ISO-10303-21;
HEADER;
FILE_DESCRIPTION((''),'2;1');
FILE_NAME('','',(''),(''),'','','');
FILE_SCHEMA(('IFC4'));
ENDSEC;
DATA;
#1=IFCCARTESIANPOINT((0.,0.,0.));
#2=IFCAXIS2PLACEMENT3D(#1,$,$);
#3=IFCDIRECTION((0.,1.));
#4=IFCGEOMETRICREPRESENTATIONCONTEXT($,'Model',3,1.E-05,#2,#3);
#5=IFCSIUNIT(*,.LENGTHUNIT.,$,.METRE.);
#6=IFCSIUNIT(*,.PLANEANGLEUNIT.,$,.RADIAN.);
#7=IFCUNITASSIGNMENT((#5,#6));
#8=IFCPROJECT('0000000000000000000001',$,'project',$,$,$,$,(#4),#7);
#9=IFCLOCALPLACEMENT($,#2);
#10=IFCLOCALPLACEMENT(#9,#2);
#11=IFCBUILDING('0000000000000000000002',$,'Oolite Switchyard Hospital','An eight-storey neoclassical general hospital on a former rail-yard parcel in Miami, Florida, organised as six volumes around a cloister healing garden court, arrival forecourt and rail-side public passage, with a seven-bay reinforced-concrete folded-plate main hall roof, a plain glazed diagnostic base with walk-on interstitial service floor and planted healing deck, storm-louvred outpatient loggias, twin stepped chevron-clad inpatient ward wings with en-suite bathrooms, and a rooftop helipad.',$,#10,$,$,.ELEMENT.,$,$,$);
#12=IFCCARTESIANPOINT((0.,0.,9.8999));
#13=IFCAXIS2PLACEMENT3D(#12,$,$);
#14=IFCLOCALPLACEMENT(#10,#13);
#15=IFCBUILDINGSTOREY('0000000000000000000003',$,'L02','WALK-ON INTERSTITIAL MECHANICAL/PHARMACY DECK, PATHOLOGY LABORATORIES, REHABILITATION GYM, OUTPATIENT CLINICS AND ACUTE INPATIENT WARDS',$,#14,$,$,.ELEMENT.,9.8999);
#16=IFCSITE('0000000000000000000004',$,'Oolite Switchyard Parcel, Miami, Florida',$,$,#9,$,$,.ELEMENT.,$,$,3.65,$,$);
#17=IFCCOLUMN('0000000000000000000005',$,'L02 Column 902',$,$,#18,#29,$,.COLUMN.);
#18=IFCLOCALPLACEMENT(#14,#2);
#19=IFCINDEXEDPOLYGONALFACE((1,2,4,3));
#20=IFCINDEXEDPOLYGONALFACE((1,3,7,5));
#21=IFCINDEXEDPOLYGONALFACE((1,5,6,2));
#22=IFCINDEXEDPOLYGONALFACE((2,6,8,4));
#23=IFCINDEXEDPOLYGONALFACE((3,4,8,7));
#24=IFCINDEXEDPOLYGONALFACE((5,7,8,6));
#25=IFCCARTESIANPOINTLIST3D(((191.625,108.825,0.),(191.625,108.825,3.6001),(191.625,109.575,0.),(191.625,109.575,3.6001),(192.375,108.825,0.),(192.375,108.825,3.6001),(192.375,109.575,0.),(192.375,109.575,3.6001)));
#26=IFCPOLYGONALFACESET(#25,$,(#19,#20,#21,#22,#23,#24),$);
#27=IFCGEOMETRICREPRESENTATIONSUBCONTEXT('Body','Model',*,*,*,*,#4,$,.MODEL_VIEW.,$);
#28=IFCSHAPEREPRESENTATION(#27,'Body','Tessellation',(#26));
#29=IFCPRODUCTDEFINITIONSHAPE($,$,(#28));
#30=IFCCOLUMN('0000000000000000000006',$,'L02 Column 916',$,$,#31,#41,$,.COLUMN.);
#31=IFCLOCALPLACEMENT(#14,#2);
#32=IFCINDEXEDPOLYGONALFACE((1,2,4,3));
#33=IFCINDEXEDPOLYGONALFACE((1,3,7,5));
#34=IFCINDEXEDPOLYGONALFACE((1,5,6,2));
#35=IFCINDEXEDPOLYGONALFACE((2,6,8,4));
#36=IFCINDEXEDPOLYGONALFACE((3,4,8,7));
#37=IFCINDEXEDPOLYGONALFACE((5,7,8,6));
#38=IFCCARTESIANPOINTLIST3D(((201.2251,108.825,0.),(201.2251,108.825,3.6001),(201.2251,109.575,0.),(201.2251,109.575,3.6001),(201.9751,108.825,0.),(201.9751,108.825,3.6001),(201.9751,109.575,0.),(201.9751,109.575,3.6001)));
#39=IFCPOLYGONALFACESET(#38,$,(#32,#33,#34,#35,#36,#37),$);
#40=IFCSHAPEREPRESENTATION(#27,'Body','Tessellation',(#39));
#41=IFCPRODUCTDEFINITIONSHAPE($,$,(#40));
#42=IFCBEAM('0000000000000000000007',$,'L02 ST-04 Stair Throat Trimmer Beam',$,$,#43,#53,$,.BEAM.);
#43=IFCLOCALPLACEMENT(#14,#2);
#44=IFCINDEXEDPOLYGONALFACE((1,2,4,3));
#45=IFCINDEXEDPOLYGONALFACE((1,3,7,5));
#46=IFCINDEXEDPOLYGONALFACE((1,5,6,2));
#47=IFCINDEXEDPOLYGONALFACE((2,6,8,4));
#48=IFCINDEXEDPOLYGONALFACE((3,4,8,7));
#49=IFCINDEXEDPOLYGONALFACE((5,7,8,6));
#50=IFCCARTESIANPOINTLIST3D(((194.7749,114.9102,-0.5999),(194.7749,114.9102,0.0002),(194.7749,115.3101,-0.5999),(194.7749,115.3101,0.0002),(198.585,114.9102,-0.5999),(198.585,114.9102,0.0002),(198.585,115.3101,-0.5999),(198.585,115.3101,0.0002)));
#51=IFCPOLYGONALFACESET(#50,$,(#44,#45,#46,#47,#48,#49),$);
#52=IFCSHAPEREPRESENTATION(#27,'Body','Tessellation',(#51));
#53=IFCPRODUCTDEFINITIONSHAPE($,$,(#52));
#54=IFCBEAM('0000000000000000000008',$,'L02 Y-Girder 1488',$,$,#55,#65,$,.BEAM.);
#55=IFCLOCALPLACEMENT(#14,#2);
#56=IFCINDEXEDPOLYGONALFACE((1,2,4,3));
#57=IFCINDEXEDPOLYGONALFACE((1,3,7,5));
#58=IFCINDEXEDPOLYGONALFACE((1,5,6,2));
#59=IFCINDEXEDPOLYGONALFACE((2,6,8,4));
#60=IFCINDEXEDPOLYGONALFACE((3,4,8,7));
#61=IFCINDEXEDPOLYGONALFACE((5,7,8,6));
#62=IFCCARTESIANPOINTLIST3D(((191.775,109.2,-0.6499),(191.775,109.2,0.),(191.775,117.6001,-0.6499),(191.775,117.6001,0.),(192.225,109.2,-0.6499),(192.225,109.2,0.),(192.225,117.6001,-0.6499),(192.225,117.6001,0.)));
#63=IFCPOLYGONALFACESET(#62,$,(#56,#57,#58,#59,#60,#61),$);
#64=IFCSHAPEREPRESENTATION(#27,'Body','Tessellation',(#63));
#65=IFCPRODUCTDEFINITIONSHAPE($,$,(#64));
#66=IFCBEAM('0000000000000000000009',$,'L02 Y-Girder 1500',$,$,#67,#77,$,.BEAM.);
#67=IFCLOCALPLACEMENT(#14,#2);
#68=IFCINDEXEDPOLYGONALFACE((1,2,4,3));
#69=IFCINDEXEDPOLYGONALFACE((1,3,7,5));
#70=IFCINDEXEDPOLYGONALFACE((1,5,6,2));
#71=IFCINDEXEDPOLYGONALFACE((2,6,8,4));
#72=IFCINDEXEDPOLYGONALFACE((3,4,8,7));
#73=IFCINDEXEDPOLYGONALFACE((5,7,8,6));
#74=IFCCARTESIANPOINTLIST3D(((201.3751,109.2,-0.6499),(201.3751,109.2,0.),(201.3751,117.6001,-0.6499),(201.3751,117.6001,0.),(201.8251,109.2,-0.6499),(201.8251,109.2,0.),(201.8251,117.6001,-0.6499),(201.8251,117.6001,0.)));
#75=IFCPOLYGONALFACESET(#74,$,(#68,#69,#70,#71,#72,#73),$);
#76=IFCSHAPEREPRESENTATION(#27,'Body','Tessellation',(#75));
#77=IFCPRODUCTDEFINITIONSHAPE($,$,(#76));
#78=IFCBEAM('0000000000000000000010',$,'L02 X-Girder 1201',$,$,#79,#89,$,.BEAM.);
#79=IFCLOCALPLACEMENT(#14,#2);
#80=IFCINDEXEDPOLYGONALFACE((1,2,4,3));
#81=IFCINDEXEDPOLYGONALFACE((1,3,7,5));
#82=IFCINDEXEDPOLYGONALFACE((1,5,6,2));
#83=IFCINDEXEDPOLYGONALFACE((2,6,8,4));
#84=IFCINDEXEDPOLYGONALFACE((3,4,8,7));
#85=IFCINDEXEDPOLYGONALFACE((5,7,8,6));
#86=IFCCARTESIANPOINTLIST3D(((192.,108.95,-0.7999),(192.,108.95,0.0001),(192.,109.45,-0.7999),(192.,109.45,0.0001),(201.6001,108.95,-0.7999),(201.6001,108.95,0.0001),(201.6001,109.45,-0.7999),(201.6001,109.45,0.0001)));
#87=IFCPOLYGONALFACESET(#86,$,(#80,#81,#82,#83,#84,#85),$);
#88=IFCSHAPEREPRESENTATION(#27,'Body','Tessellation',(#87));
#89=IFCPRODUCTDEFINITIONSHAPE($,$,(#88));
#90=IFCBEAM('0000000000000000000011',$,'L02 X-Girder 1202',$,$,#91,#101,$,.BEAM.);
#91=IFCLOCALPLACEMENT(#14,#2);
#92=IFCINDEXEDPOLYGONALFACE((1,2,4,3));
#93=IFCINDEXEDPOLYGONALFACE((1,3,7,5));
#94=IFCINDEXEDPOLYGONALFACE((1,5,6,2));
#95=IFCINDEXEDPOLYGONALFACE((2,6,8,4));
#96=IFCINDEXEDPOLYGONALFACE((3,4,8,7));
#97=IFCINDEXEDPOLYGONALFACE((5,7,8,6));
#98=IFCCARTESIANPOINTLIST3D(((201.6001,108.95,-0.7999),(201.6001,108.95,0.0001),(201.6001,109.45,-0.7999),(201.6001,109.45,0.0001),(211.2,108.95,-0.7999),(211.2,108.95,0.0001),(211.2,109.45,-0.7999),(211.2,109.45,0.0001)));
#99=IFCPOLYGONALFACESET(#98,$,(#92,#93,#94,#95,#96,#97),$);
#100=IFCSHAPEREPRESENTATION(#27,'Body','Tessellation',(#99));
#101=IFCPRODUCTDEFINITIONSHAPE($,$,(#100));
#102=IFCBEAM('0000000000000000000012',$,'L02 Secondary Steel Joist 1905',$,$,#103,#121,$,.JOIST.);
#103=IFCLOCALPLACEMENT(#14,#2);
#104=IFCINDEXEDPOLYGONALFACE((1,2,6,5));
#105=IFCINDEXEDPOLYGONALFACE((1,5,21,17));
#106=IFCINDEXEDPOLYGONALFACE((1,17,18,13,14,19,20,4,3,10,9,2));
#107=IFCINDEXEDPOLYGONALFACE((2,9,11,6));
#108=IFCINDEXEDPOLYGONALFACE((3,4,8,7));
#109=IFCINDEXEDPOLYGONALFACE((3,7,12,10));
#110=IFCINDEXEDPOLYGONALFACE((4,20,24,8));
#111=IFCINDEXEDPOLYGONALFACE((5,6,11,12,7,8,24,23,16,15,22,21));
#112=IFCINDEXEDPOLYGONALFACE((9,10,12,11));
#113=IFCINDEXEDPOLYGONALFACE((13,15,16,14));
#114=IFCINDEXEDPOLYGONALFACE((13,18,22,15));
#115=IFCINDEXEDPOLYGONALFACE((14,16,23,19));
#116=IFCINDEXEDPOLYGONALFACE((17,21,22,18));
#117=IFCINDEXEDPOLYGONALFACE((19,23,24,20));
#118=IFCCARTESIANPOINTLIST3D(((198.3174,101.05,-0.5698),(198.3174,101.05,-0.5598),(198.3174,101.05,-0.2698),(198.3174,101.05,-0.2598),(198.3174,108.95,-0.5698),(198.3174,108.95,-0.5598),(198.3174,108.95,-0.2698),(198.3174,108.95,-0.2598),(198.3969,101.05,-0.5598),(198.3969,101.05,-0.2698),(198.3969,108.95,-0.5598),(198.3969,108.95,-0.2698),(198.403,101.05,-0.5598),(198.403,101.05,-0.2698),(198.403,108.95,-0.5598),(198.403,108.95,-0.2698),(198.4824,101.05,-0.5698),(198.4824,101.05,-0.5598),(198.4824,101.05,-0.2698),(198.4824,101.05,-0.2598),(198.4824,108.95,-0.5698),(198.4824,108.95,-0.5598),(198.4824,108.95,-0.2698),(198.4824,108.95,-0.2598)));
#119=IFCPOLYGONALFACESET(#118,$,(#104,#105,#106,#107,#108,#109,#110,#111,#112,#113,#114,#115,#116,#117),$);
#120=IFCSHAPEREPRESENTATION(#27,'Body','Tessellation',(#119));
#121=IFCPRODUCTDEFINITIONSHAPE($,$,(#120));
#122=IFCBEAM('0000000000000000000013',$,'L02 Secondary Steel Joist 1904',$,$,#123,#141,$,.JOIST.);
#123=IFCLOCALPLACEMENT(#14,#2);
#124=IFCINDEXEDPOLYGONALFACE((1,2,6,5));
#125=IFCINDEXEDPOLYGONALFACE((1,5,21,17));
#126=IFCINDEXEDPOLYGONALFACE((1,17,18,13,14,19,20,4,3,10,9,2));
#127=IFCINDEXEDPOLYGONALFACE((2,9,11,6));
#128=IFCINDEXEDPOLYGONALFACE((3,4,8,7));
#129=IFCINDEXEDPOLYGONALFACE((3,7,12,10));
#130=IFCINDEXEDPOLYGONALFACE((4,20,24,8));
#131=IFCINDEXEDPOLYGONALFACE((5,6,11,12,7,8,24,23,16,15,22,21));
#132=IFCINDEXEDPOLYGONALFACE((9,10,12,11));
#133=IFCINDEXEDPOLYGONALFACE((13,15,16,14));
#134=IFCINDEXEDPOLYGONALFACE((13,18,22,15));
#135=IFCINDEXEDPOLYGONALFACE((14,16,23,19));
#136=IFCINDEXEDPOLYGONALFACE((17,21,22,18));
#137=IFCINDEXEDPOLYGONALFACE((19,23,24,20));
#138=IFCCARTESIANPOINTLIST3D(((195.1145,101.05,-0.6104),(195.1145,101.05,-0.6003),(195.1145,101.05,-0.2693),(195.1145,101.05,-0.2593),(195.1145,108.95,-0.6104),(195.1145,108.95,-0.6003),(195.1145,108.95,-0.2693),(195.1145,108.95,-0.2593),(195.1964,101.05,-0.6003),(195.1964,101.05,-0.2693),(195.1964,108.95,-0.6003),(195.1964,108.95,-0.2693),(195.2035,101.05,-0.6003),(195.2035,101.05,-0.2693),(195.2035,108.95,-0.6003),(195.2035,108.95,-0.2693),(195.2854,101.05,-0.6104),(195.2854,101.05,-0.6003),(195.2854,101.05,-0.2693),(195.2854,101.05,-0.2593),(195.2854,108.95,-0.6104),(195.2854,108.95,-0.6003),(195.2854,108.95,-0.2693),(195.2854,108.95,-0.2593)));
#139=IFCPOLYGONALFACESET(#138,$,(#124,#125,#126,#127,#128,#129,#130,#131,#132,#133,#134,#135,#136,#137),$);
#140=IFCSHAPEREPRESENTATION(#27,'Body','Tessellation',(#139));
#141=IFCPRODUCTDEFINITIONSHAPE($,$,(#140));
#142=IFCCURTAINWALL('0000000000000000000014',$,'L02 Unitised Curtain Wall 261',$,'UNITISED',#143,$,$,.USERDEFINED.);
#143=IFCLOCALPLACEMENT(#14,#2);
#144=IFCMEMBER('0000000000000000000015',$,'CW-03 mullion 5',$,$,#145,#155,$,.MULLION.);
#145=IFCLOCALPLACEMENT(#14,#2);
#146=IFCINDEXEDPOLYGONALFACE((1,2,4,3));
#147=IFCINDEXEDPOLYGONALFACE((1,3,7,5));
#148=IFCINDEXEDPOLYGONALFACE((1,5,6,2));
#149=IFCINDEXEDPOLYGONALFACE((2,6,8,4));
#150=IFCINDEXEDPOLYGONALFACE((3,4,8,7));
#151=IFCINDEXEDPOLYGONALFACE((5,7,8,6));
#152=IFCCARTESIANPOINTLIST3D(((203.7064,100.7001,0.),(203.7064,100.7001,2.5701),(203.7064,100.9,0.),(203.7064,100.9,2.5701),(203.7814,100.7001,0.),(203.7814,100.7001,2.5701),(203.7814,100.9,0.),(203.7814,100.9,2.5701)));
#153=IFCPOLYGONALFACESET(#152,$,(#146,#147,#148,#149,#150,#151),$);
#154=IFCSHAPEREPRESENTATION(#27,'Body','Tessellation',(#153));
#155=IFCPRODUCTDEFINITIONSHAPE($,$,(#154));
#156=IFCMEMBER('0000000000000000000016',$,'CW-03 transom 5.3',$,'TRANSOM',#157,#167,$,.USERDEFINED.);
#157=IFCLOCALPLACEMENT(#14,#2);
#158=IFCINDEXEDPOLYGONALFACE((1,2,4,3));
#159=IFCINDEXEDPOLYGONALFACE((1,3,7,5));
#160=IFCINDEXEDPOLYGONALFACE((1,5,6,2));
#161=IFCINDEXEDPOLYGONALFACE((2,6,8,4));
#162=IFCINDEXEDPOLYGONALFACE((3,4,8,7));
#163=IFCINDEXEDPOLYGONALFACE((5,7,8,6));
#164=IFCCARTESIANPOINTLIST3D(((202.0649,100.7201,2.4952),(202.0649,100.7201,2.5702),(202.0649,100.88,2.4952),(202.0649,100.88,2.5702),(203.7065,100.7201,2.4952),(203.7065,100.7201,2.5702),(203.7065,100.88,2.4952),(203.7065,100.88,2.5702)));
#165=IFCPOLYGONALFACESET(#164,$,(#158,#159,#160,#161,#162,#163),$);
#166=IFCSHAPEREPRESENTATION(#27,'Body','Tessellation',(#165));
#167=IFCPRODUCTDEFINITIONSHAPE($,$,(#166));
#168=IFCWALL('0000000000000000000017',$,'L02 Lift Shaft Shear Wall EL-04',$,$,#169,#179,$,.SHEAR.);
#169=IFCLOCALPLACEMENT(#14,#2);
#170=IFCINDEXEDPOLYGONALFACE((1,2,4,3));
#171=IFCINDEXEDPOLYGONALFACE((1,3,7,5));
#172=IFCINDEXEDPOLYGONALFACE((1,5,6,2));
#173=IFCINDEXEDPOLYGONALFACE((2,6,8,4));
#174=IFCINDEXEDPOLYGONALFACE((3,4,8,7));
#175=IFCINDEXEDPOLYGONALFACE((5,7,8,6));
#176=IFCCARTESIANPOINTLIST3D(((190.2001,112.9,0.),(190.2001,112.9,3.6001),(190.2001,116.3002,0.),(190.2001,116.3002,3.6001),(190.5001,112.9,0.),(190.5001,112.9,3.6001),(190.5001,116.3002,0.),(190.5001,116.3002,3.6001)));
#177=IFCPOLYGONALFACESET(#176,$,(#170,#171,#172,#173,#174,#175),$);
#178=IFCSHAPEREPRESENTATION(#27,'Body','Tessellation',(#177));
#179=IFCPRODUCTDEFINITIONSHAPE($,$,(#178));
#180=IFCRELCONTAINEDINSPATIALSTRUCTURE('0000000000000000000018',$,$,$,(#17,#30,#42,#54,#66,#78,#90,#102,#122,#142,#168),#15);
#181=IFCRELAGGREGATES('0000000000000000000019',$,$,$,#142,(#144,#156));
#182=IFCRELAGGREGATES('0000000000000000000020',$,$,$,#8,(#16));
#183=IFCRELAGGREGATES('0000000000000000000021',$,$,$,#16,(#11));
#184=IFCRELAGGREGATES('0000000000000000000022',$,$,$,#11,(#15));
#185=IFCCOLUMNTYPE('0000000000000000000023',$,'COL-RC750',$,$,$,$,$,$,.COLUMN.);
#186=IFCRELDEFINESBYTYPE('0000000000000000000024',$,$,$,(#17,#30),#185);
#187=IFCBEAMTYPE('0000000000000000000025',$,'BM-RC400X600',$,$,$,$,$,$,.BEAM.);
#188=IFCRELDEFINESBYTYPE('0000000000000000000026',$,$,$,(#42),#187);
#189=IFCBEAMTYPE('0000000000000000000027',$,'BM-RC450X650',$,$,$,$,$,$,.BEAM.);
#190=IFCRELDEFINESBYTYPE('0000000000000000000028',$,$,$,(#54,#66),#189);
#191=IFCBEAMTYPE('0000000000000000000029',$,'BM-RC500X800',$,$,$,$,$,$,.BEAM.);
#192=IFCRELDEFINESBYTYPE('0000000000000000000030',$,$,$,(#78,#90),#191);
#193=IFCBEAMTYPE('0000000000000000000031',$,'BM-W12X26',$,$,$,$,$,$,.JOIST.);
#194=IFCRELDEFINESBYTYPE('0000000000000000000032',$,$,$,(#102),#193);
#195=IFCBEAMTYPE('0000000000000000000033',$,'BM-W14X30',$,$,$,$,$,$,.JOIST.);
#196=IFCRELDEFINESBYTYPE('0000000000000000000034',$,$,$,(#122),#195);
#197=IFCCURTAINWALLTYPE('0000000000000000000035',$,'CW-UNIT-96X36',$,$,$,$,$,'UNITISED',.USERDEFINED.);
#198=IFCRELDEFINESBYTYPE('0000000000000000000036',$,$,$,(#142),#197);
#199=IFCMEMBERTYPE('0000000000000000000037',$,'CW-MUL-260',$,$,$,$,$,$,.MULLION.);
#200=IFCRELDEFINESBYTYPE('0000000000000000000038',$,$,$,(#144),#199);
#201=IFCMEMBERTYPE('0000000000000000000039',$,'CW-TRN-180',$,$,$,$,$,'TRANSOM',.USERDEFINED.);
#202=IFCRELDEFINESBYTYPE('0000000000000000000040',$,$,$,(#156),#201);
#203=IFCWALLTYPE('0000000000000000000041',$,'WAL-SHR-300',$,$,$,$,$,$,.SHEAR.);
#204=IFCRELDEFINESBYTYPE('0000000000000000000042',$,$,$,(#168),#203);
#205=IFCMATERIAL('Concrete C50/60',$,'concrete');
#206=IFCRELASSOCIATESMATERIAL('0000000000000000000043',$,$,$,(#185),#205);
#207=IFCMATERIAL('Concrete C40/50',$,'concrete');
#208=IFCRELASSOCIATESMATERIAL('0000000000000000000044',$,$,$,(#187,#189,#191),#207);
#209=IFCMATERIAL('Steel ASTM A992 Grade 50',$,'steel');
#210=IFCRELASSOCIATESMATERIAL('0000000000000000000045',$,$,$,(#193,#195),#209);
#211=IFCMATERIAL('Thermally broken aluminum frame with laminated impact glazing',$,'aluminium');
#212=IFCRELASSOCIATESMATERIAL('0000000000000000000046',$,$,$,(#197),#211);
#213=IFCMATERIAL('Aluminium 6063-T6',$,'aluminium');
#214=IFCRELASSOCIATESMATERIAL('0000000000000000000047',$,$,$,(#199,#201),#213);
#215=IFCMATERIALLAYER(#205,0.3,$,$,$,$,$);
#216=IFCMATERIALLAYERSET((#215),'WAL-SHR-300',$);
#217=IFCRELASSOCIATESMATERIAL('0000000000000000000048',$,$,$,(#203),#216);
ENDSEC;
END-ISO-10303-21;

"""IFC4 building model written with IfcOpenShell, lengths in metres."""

from ifc_helpers import new_model, si_unit, direction, frame, frame_2d, origin, origin_2d, place, context, subcontext, project, spatial, rectangle, i_section, extrude, material, layer, layer_set, material_profile, profile_set, type_object, element, aggregate, save


model = new_model("IFC4")

# Units and contexts
model_context = context("Model", 3, precision=1e-05, world=origin(), true_north=direction((0.0, 1.0)))
body_context = subcontext(model_context, "Body", "Model", "MODEL_VIEW")
ifc_project = project(units=[si_unit("LENGTHUNIT", "METRE"), si_unit("PLANEANGLEUNIT", "RADIAN")], contexts=[model_context])

# Site, building, storey
site_placement = place(None, origin())
site = spatial("IfcSite", under=ifc_project, at=site_placement, Name="Oolite Switchyard Parcel, Miami, Florida", CompositionType="ELEMENT", RefElevation=3.65)
building_placement = place(site_placement, origin())
building = spatial("IfcBuilding", under=site, at=building_placement, Name="Oolite Switchyard Hospital", Description="An eight-storey neoclassical general hospital on a former rail-yard parcel in Miami, Florida, organised as six volumes around a cloister healing garden court, arrival forecourt and rail-side public passage, with a seven-bay reinforced-concrete folded-plate main hall roof, a plain glazed diagnostic base with walk-on interstitial service floor and planted healing deck, storm-louvred outpatient loggias, twin stepped chevron-clad inpatient ward wings with en-suite bathrooms, and a rooftop helipad.", CompositionType="ELEMENT")
storey_placement = place(building_placement, frame((0.0, 0.0, 9.8999)))
storey = spatial("IfcBuildingStorey", under=building, at=storey_placement, Name="L02", Description="WALK-ON INTERSTITIAL MECHANICAL/PHARMACY DECK, PATHOLOGY LABORATORIES, REHABILITATION GYM, OUTPATIENT CLINICS AND ACUTE INPATIENT WARDS", CompositionType="ELEMENT", Elevation=9.8999)

# Columns
ifc_material_1 = material(Name="Concrete C50/60", Category="concrete")
ifc_material_profile_1 = material_profile(ifc_material_1, rectangle(XDim=0.75, YDim=0.75, at=origin_2d()), Name="RC750X750")
ifc_profile_set_1 = profile_set([ifc_material_profile_1], Name="Concrete C50/60")
column_type = type_object("IfcColumnType", Name="COL-RC750", PredefinedType="COLUMN", material=ifc_profile_set_1)
for number, where, z_axis, x_axis, name in (
    (1, (192.0, 109.2, 0.0), (0.0, 0.0, 1.0), (1.0, 0.0, 0.0), "L02 Column 902"),
    (2, (201.6001, 109.2, 0.0), (0.0, 0.0, 1.0), (1.0, 0.0, 0.0), "L02 Column 916"),
):
    element("IfcColumn", number, at=place(storey_placement, frame(where, z_axis=z_axis, x_axis=x_axis)), inside=storey, type_object=column_type, Name=name, PredefinedType="COLUMN", context=body_context, shape_type="SweptSolid", body=[
        extrude(rectangle(XDim=0.75, YDim=0.75, at=origin_2d()), origin(), (0.0, 0.0, 1.0), 3.6001),
    ])

# Beams
ifc_material_2 = material(Name="Concrete C40/50", Category="concrete")
ifc_material_profile_2 = material_profile(ifc_material_2, rectangle(XDim=0.3999, YDim=0.6001, at=origin_2d()), Name="RCB400X600")
ifc_profile_set_2 = profile_set([ifc_material_profile_2], Name="Concrete C40/50")
beam_type_1 = type_object("IfcBeamType", Name="BM-RC400X600", PredefinedType="BEAM", material=ifc_profile_set_2)
beam_1_placement = place(storey_placement, frame((194.7749, 115.1101, -0.2998), z_axis=(1.0, 0.0, 0.0), x_axis=(0.0, 1.0, 0.0)))
element("IfcBeam", 3, at=beam_1_placement, inside=storey, type_object=beam_type_1, Name="L02 ST-04 Stair Throat Trimmer Beam", PredefinedType="BEAM", context=body_context, shape_type="SweptSolid", body=[
    extrude(rectangle(XDim=0.3999, YDim=0.6001, at=origin_2d()), origin(), (0.0, 0.0, 1.0), 3.8101),
])
ifc_material_profile_3 = material_profile(ifc_material_2, rectangle(XDim=0.45, YDim=0.6499, at=origin_2d()), Name="RCB450X650")
ifc_profile_set_3 = profile_set([ifc_material_profile_3], Name="Concrete C40/50")
beam_type_2 = type_object("IfcBeamType", Name="BM-RC450X650", PredefinedType="BEAM", material=ifc_profile_set_3)
for number, where, z_axis, x_axis, name in (
    (4, (192.0, 109.2, -0.325), (0.0, 1.0, 0.0), (-1.0, 0.0, 0.0), "L02 Y-Girder 1488"),
    (5, (201.6001, 109.2, -0.325), (0.0, 1.0, 0.0), (-1.0, 0.0, 0.0), "L02 Y-Girder 1500"),
):
    element("IfcBeam", number, at=place(storey_placement, frame(where, z_axis=z_axis, x_axis=x_axis)), inside=storey, type_object=beam_type_2, Name=name, PredefinedType="BEAM", context=body_context, shape_type="SweptSolid", body=[
        extrude(rectangle(XDim=0.45, YDim=0.6499, at=origin_2d()), origin(), (0.0, 0.0, 1.0), 8.4001),
    ])
ifc_material_profile_4 = material_profile(ifc_material_2, rectangle(XDim=0.5, YDim=0.8, at=origin_2d()), Name="RCB500X800")
ifc_profile_set_4 = profile_set([ifc_material_profile_4], Name="Concrete C40/50")
beam_type_3 = type_object("IfcBeamType", Name="BM-RC500X800", PredefinedType="BEAM", material=ifc_profile_set_4)
beam_2_placement = place(storey_placement, frame((192.0, 109.2, -0.3999), z_axis=(1.0, 0.0, 0.0), x_axis=(0.0, 1.0, 0.0)))
element("IfcBeam", 6, at=beam_2_placement, inside=storey, type_object=beam_type_3, Name="L02 X-Girder 1201", PredefinedType="BEAM", context=body_context, shape_type="SweptSolid", body=[
    extrude(rectangle(XDim=0.5, YDim=0.8, at=origin_2d()), origin(), (0.0, 0.0, 1.0), 9.6001),
])
beam_3_placement = place(storey_placement, frame((201.6001, 109.2, -0.3999), z_axis=(1.0, 0.0, 0.0), x_axis=(0.0, 1.0, 0.0)))
element("IfcBeam", 7, at=beam_3_placement, inside=storey, type_object=beam_type_3, Name="L02 X-Girder 1202", PredefinedType="BEAM", context=body_context, shape_type="SweptSolid", body=[
    extrude(rectangle(XDim=0.5, YDim=0.8, at=origin_2d()), origin(), (0.0, 0.0, 1.0), 9.5999),
])
ifc_material_3 = material(Name="Steel ASTM A992 Grade 50", Category="steel")
ifc_material_profile_5 = material_profile(ifc_material_3, i_section(OverallWidth=0.165, OverallDepth=0.3101, WebThickness=0.0061, FlangeThickness=0.01, at=origin_2d()), Name="W12X26")
ifc_profile_set_5 = profile_set([ifc_material_profile_5], Name="Steel ASTM A992 Grade 50")
beam_type_4 = type_object("IfcBeamType", Name="BM-W12X26", PredefinedType="JOIST", material=ifc_profile_set_5)
beam_4_placement = place(storey_placement, frame((198.3999, 101.05, -0.4148), z_axis=(0.0, 1.0, 0.0), x_axis=(-1.0, 0.0, 0.0)))
element("IfcBeam", 8, at=beam_4_placement, inside=storey, type_object=beam_type_4, Name="L02 Secondary Steel Joist 1905", PredefinedType="JOIST", context=body_context, shape_type="SweptSolid", body=[
    extrude(i_section(OverallWidth=0.165, OverallDepth=0.3101, WebThickness=0.0061, FlangeThickness=0.01, at=origin_2d()), origin(), (0.0, 0.0, 1.0), 7.8999),
])
ifc_material_profile_6 = material_profile(ifc_material_3, i_section(OverallWidth=0.1709, OverallDepth=0.3511, WebThickness=0.0071, FlangeThickness=0.01, at=origin_2d()), Name="W14X30")
ifc_profile_set_6 = profile_set([ifc_material_profile_6], Name="Steel ASTM A992 Grade 50")
beam_type_5 = type_object("IfcBeamType", Name="BM-W14X30", PredefinedType="JOIST", material=ifc_profile_set_6)
beam_5_placement = place(storey_placement, frame((195.2, 101.05, -0.4348), z_axis=(0.0, 1.0, 0.0), x_axis=(-1.0, 0.0, 0.0)))
element("IfcBeam", 9, at=beam_5_placement, inside=storey, type_object=beam_type_5, Name="L02 Secondary Steel Joist 1904", PredefinedType="JOIST", context=body_context, shape_type="SweptSolid", body=[
    extrude(i_section(OverallWidth=0.1709, OverallDepth=0.3511, WebThickness=0.0071, FlangeThickness=0.01, at=origin_2d()), origin(), (0.0, 0.0, 1.0), 7.8999),
])

# Curtain wall, members
ifc_material_4 = material(Name="Thermally broken aluminum frame with laminated impact glazing", Category="aluminium")
curtain_wall_type = type_object("IfcCurtainWallType", Name="CW-UNIT-96X36", ElementType="UNITISED", PredefinedType="USERDEFINED", material=ifc_material_4)
curtain_wall_placement = place(storey_placement, origin())
curtain_wall = element("IfcCurtainWall", 10, at=curtain_wall_placement, inside=storey, type_object=curtain_wall_type, Name="L02 Unitised Curtain Wall 261", ObjectType="UNITISED", PredefinedType="USERDEFINED")
ifc_material_5 = material(Name="Aluminium 6063-T6", Category="aluminium")
ifc_material_profile_7 = material_profile(ifc_material_5, rectangle(XDim=0.2, YDim=0.075, at=origin_2d()), Name="CWM75X200")
ifc_profile_set_7 = profile_set([ifc_material_profile_7], Name="Aluminium 6063-T6")
member_type_1 = type_object("IfcMemberType", Name="CW-MUL-260", PredefinedType="MULLION", material=ifc_profile_set_7)
member_1_placement = place(storey_placement, frame((203.7439, 100.8, 0.0), z_axis=(0.0, 0.0, 1.0), x_axis=(0.0, -1.0, 0.0)))
member_1 = element("IfcMember", 11, at=member_1_placement, type_object=member_type_1, Name="CW-03 mullion 5", PredefinedType="MULLION", context=body_context, shape_type="SweptSolid", body=[
    extrude(rectangle(XDim=0.2, YDim=0.075, at=origin_2d()), origin(), (0.0, 0.0, 1.0), 2.5701),
])
ifc_material_profile_8 = material_profile(ifc_material_5, rectangle(XDim=0.1599, YDim=0.075, at=origin_2d()), Name="CWT75X160")
ifc_profile_set_8 = profile_set([ifc_material_profile_8], Name="Aluminium 6063-T6")
member_type_2 = type_object("IfcMemberType", Name="CW-TRN-180", ElementType="TRANSOM", PredefinedType="USERDEFINED", material=ifc_profile_set_8)
member_2_placement = place(storey_placement, frame((203.7065, 100.8, 2.5327), z_axis=(-1.0, 0.0, 0.0), x_axis=(0.0, -1.0, 0.0)))
member_2 = element("IfcMember", 12, at=member_2_placement, type_object=member_type_2, Name="CW-03 transom 5.3", ObjectType="TRANSOM", PredefinedType="USERDEFINED", context=body_context, shape_type="SweptSolid", body=[
    extrude(rectangle(XDim=0.1599, YDim=0.075, at=origin_2d()), origin(), (0.0, 0.0, 1.0), 1.6416),
])
aggregate(curtain_wall, [member_1, member_2])

# Wall
ifc_layer_1 = layer(ifc_material_1, 0.3)
ifc_layer_set_1 = layer_set([ifc_layer_1], Name="WAL-SHR-300")
wall_type_1 = type_object("IfcWallType", Name="WAL-SHR-300", PredefinedType="SHEAR", material=ifc_layer_set_1)
wall_1_placement = place(storey_placement, frame((190.3501, 112.8999, 0.0), z_axis=(0.0, 0.0, 1.0), x_axis=(0.0, 1.0, 0.0)))
element("IfcWall", 13, at=wall_1_placement, inside=storey, type_object=wall_type_1, Name="L02 Lift Shaft Shear Wall EL-04", PredefinedType="SHEAR", context=body_context, shape_type="SweptSolid", body=[
    extrude(rectangle(XDim=3.4001, YDim=0.3, at=frame_2d((1.7002, 0.0))), origin(), (0.0, 0.0, 1.0), 3.6001),
])

save(model, "model.ifc")
